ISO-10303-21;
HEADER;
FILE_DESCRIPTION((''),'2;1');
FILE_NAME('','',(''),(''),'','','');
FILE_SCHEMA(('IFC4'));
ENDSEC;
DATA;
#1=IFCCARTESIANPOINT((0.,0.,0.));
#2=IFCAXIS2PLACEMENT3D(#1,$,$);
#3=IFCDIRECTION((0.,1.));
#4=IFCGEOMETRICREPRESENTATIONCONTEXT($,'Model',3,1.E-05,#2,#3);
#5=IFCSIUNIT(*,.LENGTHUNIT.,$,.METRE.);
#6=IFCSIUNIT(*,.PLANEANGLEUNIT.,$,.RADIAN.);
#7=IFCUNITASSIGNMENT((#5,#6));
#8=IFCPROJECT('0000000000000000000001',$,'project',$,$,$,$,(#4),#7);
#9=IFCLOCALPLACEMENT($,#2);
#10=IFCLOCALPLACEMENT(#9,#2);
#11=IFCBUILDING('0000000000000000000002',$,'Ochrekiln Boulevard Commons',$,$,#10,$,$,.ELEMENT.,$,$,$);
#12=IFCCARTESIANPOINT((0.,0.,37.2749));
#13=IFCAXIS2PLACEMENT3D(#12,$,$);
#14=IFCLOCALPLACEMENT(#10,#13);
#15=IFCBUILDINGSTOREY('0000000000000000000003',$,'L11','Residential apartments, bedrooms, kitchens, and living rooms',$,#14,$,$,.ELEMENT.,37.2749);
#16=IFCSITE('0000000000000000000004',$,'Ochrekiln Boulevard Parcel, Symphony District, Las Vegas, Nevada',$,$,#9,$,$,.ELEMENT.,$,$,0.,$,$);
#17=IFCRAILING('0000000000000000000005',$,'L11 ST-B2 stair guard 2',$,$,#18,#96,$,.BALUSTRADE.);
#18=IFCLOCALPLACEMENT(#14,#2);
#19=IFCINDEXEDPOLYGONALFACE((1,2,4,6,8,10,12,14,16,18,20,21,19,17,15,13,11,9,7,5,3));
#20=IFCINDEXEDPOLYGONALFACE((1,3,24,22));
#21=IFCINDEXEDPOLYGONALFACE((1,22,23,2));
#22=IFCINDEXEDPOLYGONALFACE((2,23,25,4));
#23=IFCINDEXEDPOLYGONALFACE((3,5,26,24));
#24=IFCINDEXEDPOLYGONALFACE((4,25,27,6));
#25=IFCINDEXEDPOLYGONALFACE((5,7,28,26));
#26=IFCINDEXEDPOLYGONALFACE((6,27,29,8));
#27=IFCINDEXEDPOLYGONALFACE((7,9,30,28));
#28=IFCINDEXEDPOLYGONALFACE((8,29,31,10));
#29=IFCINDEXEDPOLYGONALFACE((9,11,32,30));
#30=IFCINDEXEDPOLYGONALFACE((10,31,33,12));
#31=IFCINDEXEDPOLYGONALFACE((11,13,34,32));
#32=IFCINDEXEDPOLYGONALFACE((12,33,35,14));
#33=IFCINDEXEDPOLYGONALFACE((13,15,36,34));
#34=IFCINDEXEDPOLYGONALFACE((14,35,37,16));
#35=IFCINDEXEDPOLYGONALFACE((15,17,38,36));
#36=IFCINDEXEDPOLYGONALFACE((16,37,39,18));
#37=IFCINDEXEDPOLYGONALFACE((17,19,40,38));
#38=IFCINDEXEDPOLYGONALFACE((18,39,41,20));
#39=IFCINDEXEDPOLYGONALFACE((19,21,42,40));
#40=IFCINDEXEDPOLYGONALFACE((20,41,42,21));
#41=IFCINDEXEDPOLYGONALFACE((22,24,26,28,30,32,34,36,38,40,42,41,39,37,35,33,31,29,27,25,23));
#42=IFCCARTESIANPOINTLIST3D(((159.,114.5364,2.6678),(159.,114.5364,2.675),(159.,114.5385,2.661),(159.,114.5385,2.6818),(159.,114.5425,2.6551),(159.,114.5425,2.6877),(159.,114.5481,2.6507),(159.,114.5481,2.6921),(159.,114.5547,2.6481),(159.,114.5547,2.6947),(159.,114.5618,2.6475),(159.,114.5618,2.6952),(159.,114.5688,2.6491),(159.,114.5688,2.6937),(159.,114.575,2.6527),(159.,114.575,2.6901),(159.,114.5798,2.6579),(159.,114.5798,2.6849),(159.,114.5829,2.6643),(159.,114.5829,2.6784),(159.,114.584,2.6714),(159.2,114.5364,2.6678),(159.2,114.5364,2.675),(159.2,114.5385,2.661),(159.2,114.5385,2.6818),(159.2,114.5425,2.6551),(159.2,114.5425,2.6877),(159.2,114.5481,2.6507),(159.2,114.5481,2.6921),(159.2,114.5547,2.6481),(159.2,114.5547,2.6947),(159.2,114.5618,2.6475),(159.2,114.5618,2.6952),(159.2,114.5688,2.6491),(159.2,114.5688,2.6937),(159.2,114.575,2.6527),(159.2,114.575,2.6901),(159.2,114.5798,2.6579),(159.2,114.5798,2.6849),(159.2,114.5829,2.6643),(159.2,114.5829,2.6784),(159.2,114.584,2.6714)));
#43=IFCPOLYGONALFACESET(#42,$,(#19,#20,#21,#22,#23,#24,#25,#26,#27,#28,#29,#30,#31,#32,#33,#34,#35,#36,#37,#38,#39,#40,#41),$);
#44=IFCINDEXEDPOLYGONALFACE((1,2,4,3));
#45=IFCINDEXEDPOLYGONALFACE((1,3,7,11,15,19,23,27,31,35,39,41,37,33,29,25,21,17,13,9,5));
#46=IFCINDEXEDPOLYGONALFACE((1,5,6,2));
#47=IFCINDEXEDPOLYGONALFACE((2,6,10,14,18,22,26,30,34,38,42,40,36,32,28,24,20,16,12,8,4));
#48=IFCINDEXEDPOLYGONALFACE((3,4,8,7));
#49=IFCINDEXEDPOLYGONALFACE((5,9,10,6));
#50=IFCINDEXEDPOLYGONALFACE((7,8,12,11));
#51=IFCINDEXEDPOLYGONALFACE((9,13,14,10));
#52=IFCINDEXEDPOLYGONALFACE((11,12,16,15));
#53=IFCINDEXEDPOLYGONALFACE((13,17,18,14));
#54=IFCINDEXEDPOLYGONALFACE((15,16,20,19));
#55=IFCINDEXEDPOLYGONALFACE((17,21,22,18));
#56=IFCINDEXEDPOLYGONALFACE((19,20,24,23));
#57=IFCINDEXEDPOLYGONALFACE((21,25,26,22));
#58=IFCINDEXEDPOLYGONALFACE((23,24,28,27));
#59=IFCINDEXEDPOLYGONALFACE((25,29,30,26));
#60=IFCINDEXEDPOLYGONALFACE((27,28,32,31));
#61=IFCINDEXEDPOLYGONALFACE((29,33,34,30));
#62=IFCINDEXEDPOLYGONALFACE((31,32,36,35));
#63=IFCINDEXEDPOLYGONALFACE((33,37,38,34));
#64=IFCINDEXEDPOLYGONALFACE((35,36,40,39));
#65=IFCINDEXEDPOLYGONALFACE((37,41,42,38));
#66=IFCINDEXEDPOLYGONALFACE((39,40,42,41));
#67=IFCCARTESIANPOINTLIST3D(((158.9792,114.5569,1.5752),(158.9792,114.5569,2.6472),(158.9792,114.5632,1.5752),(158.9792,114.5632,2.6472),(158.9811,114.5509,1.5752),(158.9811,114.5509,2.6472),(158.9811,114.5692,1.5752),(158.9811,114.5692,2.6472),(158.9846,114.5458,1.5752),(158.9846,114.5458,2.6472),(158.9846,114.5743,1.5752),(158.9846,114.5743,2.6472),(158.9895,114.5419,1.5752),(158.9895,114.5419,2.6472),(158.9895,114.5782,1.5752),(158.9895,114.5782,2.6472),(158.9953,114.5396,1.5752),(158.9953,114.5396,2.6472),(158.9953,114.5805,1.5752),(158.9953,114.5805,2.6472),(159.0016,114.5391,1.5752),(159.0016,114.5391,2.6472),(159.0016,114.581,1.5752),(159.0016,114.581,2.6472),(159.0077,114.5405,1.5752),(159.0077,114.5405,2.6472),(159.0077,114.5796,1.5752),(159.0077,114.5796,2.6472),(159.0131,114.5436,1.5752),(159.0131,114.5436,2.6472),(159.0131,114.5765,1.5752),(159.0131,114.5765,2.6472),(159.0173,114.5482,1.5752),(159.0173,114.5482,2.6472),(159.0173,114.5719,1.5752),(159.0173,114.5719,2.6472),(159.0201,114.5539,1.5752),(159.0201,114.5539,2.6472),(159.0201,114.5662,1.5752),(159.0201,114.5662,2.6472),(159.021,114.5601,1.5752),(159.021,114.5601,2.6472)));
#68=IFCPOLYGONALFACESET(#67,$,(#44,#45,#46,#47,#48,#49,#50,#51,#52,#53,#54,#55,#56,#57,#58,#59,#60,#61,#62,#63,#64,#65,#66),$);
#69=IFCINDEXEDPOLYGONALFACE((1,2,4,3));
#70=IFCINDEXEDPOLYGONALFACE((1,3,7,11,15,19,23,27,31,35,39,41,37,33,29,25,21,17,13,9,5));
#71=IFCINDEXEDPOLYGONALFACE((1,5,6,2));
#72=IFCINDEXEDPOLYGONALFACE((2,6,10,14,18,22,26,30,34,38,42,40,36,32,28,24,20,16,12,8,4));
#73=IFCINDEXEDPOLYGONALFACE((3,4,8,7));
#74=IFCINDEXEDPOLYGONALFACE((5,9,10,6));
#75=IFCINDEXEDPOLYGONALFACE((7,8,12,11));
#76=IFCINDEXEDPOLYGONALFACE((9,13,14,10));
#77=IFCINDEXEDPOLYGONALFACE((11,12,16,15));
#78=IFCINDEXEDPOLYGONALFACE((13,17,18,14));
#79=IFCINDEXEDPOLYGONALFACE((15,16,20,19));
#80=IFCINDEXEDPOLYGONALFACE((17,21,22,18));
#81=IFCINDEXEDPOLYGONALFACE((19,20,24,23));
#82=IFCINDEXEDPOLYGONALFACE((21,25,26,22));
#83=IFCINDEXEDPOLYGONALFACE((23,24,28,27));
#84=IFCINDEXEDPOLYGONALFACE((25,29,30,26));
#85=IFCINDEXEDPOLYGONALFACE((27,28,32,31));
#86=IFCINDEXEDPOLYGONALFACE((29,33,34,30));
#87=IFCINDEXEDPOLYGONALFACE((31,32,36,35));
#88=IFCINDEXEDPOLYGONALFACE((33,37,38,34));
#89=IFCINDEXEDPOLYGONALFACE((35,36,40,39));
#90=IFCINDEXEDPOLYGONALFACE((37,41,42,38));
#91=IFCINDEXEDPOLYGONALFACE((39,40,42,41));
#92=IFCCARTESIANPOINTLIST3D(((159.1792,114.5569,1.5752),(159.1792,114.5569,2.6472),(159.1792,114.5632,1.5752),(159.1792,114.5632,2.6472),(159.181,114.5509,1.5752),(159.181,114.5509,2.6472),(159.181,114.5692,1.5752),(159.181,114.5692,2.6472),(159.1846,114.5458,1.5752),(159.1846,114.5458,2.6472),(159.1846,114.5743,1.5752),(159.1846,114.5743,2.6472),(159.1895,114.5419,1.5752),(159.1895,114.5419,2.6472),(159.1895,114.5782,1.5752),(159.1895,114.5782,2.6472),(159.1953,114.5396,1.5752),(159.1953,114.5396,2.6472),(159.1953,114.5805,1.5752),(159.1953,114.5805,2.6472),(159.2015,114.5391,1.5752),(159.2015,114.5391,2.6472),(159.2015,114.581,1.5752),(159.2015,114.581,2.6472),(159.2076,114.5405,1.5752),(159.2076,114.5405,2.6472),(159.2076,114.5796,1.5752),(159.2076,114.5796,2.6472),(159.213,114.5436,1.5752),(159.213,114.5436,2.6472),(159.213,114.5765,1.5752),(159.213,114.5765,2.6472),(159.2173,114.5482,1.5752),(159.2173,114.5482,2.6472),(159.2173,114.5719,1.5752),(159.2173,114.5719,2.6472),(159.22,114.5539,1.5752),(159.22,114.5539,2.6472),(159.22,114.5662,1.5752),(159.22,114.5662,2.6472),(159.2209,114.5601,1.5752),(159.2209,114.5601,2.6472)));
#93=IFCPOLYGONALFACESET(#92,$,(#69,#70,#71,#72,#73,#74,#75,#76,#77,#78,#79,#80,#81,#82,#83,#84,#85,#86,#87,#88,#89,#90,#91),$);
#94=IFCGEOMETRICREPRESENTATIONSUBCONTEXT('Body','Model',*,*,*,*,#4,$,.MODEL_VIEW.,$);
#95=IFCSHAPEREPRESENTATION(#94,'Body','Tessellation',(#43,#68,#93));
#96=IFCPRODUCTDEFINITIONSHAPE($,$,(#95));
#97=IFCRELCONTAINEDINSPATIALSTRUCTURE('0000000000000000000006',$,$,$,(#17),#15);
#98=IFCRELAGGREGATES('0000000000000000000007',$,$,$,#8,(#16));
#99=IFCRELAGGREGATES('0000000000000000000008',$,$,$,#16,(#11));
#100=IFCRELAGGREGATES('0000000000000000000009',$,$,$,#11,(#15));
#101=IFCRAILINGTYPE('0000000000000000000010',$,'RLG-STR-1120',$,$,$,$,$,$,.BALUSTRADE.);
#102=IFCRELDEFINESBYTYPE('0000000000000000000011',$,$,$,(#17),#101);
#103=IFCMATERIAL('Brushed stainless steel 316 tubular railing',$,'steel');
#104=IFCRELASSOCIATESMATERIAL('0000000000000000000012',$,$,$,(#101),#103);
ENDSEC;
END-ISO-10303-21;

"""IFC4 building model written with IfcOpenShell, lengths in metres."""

from ifc_helpers import new_model, si_unit, direction, frame, origin, origin_2d, place, context, subcontext, project, spatial, circle, extrude, material, type_object, element, save


model = new_model("IFC4")

# Units and contexts
model_context = context("Model", 3, precision=1e-05, world=origin(), true_north=direction((0.0, 1.0)))
body_context = subcontext(model_context, "Body", "Model", "MODEL_VIEW")
ifc_project = project(units=[si_unit("LENGTHUNIT", "METRE"), si_unit("PLANEANGLEUNIT", "RADIAN")], contexts=[model_context])

# Site, building, storey
site_placement = place(None, origin())
site = spatial("IfcSite", under=ifc_project, at=site_placement, Name="Ochrekiln Boulevard Parcel, Symphony District, Las Vegas, Nevada", CompositionType="ELEMENT", RefElevation=0.0)
building_placement = place(site_placement, origin())
building = spatial("IfcBuilding", under=site, at=building_placement, Name="Ochrekiln Boulevard Commons", CompositionType="ELEMENT")
storey_placement = place(building_placement, frame((0.0, 0.0, 37.2749)))
storey = spatial("IfcBuildingStorey", under=building, at=storey_placement, Name="L11", Description="Residential apartments, bedrooms, kitchens, and living rooms", CompositionType="ELEMENT", Elevation=37.2749)

# Railing
ifc_material_1 = material(Name="Brushed stainless steel 316 tubular railing", Category="steel")
railing_type_1 = type_object("IfcRailingType", Name="RLG-STR-1120", PredefinedType="BALUSTRADE", material=ifc_material_1)
railing_1_placement = place(storey_placement, frame((159.0, 114.5601, 1.5752)))
element("IfcRailing", 1, at=railing_1_placement, inside=storey, type_object=railing_type_1, Name="L11 ST-B2 stair guard 2", PredefinedType="BALUSTRADE", context=body_context, shape_type="SweptSolid", body=[
    extrude(circle(Radius=0.0239, at=origin_2d()), frame((0.0, 0.0, 1.0962), z_axis=(1.0, 0.0, 0.0), x_axis=(0.0, 1.0, 0.0)), (0.0, 0.0, 1.0), 0.2),
    extrude(circle(Radius=0.021, at=origin_2d()), origin(), (0.0, 0.0, 1.0), 1.072),
    extrude(circle(Radius=0.021, at=origin_2d()), frame((0.2, 0.0, 0.0)), (0.0, 0.0, 1.0), 1.072),
])

save(model, "model.ifc")
